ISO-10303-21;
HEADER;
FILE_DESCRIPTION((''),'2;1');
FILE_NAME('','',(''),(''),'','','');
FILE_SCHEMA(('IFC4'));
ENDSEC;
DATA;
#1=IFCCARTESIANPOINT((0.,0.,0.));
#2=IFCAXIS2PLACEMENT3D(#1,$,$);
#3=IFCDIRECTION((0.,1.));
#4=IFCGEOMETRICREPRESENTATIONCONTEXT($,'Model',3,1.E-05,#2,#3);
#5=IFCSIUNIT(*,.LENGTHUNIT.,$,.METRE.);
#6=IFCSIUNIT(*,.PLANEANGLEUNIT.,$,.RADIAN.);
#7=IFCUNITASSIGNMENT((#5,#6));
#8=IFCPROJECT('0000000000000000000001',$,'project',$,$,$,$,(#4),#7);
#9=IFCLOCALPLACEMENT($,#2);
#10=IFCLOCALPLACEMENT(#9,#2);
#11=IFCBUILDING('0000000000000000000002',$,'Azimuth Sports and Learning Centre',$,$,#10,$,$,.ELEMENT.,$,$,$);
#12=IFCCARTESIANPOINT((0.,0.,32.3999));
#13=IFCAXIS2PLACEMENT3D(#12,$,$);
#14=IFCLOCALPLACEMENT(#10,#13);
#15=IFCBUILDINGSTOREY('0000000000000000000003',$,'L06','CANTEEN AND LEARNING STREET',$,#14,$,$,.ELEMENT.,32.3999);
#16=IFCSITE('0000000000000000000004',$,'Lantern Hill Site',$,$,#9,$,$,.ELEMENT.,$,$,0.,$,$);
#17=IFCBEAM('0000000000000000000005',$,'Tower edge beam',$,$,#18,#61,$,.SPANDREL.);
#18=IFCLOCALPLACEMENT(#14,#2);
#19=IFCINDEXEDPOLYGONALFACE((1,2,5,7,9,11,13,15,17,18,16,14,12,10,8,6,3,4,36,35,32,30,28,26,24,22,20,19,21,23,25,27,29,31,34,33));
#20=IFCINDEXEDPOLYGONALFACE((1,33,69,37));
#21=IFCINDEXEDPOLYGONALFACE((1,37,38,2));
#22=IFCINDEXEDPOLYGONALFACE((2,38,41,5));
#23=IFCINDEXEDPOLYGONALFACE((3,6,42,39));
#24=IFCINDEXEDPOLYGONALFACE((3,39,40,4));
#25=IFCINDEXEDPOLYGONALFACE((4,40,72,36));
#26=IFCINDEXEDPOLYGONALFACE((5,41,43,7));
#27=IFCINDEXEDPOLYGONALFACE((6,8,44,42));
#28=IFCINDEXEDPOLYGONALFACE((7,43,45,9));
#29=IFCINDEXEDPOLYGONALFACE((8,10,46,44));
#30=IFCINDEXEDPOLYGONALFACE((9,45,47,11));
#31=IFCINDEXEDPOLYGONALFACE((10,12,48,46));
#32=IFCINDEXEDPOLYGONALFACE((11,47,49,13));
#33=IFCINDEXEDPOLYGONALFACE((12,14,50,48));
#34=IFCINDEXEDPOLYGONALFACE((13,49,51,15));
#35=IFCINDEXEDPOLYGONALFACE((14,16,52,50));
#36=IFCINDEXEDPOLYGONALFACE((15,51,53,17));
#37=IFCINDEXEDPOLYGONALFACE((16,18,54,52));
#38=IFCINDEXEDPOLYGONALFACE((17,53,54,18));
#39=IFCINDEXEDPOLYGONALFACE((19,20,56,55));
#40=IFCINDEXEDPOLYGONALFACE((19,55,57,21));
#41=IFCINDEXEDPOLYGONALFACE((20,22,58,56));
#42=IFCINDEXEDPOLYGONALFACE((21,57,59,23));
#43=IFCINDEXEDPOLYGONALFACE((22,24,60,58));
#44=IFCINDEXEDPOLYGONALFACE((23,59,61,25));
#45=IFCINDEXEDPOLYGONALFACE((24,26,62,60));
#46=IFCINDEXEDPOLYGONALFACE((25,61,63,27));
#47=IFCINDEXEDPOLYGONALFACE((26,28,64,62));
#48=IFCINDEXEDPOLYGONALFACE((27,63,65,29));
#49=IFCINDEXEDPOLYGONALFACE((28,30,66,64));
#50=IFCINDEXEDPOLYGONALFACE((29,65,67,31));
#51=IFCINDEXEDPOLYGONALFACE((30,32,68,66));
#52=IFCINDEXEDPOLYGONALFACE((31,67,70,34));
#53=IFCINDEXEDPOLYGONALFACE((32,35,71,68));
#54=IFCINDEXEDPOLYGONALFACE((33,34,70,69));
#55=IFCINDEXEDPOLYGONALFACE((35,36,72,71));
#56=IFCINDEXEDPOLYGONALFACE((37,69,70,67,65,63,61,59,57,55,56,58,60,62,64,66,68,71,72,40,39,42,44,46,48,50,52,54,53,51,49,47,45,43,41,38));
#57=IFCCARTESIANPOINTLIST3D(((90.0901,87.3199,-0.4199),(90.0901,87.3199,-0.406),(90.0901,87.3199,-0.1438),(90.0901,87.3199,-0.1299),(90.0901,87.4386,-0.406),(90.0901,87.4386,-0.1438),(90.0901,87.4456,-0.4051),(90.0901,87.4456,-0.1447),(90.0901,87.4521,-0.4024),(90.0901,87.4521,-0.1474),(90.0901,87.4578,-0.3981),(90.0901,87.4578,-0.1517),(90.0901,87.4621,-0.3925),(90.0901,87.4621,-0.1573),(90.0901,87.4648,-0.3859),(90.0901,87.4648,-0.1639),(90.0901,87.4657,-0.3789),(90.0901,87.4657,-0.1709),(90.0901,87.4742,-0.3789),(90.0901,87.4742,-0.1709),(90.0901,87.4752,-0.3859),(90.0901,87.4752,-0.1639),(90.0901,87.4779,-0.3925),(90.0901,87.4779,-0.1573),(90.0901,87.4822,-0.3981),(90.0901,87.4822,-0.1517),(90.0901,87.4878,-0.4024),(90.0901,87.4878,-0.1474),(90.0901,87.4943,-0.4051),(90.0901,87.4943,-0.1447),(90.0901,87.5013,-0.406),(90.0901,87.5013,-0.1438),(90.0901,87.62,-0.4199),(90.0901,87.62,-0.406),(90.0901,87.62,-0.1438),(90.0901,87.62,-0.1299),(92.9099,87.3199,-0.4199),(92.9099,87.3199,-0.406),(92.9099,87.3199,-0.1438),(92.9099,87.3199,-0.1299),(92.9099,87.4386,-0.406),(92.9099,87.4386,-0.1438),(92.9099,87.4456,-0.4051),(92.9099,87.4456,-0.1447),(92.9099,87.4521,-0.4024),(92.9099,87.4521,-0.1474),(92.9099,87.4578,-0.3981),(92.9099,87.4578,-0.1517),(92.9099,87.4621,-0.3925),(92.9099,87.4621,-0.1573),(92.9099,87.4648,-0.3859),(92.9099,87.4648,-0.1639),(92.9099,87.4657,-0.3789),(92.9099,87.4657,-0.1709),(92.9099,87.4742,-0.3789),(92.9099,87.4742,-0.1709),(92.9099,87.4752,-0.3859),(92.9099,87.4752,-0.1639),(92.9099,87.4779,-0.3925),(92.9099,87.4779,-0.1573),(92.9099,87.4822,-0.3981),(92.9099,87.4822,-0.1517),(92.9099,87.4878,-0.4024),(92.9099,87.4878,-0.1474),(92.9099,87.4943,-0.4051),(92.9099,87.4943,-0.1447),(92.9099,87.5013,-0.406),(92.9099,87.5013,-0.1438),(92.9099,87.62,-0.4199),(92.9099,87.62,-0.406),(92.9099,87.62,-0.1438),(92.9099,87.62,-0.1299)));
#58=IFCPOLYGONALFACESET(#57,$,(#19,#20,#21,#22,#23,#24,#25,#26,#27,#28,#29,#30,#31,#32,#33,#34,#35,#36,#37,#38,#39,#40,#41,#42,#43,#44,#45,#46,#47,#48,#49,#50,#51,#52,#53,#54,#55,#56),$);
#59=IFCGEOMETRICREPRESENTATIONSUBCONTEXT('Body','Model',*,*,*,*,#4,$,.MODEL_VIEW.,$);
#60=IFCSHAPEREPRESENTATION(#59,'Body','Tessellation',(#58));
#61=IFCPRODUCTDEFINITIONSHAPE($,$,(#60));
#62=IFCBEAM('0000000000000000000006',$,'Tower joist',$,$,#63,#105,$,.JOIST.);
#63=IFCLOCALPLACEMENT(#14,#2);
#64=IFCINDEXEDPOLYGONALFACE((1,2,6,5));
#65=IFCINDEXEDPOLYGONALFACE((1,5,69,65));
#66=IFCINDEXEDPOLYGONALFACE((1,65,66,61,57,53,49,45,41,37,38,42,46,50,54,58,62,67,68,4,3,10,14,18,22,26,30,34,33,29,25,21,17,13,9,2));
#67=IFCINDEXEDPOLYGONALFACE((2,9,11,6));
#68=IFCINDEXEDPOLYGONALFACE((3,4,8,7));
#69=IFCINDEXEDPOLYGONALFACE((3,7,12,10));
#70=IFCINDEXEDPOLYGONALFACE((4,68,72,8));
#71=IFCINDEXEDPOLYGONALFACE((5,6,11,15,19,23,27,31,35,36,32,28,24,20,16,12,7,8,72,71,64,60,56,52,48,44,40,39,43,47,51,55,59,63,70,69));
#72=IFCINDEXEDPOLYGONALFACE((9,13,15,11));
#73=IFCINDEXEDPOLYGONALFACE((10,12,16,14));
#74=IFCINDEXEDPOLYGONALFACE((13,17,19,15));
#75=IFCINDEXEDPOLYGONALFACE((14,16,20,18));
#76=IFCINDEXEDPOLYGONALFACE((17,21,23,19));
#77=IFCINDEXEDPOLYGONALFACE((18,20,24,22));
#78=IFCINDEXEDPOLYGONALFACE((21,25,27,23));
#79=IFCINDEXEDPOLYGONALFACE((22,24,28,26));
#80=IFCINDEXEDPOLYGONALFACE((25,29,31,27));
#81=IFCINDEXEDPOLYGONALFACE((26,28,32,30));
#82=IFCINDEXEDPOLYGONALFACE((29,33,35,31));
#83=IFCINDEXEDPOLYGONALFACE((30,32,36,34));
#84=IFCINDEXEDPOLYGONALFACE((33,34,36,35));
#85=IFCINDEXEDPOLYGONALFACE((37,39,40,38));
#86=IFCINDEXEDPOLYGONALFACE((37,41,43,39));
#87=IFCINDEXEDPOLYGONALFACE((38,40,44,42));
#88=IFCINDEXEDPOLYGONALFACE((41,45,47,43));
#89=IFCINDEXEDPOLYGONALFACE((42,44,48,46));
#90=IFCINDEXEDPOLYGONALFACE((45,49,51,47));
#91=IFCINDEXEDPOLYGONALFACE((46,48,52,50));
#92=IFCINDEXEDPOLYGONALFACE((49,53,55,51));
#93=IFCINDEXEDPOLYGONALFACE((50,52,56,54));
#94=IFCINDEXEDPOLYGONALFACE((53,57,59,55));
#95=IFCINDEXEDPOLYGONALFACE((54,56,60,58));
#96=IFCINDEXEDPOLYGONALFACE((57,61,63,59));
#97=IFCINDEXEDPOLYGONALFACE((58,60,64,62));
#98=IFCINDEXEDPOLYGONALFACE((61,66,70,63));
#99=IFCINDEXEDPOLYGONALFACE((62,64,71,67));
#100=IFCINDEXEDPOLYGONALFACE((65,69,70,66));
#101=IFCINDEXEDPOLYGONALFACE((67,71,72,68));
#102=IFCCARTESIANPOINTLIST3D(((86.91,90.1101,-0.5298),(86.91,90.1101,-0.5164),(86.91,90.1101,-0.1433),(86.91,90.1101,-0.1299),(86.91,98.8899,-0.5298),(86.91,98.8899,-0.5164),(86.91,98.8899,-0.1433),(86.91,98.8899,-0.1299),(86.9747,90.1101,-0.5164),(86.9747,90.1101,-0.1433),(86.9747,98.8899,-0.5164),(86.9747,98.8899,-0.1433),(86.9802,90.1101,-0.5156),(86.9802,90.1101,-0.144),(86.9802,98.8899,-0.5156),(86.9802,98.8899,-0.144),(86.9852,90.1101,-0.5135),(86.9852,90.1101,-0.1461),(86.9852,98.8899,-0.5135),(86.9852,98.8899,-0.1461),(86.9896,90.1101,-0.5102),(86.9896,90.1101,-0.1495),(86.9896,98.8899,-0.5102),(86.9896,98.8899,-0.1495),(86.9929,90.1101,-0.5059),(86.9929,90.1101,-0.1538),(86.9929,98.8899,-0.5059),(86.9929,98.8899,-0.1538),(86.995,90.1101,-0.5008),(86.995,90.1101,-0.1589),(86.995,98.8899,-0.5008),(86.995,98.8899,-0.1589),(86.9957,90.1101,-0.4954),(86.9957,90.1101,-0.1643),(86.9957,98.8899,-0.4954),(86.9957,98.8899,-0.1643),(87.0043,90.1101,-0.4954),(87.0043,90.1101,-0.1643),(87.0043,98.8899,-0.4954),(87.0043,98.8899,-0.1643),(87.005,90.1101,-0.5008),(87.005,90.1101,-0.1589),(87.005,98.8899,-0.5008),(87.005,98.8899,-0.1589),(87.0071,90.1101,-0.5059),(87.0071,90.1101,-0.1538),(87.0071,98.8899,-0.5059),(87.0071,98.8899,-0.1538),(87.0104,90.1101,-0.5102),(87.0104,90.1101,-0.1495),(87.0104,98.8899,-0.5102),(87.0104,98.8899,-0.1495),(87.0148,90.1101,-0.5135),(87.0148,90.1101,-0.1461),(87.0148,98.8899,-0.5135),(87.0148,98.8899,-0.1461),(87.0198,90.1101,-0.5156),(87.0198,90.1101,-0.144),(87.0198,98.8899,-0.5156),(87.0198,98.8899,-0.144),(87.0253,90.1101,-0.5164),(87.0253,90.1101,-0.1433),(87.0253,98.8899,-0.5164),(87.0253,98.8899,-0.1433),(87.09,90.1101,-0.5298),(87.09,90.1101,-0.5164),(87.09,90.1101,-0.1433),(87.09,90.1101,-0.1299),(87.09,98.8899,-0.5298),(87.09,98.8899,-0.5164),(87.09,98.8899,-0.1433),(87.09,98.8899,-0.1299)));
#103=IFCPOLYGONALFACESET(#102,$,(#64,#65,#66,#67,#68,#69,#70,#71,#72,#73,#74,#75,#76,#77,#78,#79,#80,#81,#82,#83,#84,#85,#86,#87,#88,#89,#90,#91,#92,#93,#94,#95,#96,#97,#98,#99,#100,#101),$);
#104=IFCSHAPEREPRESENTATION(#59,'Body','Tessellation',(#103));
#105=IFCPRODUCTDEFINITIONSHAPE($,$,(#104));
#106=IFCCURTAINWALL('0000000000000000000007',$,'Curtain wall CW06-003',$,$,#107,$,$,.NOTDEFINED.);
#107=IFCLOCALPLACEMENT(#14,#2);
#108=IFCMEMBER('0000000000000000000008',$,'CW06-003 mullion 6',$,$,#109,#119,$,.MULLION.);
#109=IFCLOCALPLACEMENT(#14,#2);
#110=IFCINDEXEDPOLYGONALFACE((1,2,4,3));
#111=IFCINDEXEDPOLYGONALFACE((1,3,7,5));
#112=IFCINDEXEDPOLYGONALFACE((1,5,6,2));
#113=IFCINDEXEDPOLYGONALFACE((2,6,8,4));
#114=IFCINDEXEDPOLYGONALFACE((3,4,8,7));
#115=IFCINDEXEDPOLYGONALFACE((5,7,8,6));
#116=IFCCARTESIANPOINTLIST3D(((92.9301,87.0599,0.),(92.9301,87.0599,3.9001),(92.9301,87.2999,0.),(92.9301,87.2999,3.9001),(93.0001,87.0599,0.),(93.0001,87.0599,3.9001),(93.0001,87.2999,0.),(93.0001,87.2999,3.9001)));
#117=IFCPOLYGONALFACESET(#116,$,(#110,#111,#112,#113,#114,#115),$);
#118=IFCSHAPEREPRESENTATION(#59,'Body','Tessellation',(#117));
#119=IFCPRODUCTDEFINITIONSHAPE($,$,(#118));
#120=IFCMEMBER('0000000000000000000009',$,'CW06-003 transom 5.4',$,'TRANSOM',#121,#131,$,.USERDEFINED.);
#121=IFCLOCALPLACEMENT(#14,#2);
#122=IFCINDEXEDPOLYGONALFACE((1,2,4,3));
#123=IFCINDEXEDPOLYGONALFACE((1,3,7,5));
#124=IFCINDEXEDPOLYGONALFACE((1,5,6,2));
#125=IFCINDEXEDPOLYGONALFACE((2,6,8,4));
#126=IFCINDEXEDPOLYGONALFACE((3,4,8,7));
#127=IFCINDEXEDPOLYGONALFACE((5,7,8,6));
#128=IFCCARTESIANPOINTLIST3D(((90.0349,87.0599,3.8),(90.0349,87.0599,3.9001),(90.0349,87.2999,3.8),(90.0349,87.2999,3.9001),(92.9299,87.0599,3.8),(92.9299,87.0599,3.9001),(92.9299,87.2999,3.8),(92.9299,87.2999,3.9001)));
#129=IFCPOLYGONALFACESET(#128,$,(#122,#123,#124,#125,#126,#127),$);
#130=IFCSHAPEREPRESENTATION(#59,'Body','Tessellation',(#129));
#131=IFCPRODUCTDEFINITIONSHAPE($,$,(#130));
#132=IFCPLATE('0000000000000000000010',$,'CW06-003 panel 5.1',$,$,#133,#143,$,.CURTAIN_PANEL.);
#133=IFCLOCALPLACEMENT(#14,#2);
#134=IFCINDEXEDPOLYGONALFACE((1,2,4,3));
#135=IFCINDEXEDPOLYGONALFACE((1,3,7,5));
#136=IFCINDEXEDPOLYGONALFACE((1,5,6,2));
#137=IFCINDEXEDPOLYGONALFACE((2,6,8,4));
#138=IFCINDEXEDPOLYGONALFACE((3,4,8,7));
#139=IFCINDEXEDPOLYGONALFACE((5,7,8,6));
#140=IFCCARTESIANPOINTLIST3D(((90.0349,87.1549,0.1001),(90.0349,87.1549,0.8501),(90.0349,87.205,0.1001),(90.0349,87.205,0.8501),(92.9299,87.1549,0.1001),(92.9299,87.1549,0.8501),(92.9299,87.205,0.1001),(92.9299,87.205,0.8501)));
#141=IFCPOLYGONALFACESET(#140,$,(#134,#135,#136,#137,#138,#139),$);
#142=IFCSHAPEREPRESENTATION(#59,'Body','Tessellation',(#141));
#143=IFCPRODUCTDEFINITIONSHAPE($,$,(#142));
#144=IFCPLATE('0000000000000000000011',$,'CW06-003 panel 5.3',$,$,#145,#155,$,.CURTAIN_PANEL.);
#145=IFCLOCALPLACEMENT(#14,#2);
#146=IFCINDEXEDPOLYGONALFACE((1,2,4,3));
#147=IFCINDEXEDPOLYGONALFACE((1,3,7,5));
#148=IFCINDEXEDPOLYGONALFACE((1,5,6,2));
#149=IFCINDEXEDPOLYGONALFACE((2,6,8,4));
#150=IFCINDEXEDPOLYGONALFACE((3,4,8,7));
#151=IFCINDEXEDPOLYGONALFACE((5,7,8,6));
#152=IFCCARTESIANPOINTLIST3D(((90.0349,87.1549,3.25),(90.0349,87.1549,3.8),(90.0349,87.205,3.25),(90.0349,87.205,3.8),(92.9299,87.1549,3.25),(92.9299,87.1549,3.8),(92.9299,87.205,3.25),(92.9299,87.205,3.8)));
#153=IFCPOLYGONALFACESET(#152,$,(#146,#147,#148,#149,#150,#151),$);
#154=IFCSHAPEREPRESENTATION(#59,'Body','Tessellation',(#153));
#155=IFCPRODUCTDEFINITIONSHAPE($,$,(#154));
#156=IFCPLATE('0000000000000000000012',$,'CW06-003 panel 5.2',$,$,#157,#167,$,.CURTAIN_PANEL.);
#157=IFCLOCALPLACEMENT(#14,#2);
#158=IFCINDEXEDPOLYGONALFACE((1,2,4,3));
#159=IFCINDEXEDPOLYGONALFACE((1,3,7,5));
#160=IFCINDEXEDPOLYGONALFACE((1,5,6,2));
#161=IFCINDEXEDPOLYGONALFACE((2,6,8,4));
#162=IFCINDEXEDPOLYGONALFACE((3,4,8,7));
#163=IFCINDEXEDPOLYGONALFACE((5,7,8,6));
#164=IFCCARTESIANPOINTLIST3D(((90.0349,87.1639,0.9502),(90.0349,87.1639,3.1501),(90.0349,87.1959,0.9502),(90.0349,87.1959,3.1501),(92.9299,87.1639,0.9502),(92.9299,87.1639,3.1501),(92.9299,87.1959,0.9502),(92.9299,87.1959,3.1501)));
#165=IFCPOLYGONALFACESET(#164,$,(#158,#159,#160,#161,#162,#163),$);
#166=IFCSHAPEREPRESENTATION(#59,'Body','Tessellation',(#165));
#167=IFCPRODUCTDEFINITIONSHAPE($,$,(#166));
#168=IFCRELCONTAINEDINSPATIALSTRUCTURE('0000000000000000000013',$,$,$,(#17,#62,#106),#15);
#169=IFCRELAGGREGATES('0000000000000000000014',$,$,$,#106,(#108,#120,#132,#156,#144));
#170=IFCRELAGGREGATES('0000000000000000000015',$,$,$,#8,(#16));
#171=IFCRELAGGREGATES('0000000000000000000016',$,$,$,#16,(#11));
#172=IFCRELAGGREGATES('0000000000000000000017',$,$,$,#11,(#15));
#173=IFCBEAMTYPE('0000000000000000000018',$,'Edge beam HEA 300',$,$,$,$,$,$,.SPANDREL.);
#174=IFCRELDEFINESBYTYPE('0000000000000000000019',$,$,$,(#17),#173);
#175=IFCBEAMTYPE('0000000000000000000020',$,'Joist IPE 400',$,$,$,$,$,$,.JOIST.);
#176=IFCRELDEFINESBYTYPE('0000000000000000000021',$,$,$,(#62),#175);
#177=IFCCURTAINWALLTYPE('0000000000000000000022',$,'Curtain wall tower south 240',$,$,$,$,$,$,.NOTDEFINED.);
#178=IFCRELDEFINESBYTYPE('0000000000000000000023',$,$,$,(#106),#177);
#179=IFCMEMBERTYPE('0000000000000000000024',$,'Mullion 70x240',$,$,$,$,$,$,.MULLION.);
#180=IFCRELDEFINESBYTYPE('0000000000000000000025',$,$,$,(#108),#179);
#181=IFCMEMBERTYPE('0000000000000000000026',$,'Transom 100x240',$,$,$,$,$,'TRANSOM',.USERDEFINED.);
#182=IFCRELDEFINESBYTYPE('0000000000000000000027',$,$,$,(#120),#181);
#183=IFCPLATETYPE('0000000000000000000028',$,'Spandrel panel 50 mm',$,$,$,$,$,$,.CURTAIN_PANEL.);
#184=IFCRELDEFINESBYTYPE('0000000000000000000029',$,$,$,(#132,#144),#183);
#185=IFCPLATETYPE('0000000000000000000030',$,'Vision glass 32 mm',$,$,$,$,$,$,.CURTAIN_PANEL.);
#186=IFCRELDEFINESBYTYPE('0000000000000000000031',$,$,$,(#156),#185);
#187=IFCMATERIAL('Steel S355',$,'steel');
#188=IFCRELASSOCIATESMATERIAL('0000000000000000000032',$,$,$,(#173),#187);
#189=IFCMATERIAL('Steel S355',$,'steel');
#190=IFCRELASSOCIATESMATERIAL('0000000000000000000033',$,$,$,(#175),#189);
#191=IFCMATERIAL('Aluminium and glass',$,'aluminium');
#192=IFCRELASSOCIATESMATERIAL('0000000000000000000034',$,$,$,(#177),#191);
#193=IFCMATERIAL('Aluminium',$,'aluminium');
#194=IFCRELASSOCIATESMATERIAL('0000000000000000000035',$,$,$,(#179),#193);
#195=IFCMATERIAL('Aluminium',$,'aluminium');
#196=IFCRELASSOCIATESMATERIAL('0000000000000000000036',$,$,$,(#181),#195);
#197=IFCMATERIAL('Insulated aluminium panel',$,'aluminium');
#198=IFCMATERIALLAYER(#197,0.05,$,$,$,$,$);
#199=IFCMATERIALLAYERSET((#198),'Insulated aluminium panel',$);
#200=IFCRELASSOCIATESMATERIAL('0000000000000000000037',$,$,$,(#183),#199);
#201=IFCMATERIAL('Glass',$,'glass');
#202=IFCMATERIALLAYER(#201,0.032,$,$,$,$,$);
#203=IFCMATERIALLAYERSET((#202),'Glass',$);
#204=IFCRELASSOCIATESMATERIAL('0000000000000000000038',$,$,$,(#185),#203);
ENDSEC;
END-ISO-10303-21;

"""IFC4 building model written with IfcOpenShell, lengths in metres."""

from ifc_helpers import new_model, si_unit, direction, frame, origin, origin_2d, place, context, subcontext, project, spatial, rectangle, i_section, extrude, material, layer, layer_set, material_profile, profile_set, type_object, element, aggregate, save


model = new_model("IFC4")

# Units and contexts
model_context = context("Model", 3, precision=1e-05, world=origin(), true_north=direction((0.0, 1.0)))
body_context = subcontext(model_context, "Body", "Model", "MODEL_VIEW")
ifc_project = project(units=[si_unit("LENGTHUNIT", "METRE"), si_unit("PLANEANGLEUNIT", "RADIAN")], contexts=[model_context])

# Site, building, storey
site_placement = place(None, origin())
site = spatial("IfcSite", under=ifc_project, at=site_placement, Name="Lantern Hill Site", CompositionType="ELEMENT", RefElevation=0.0)
building_placement = place(site_placement, origin())
building = spatial("IfcBuilding", under=site, at=building_placement, Name="Azimuth Sports and Learning Centre", CompositionType="ELEMENT")
storey_placement = place(building_placement, frame((0.0, 0.0, 32.3999)))
storey = spatial("IfcBuildingStorey", under=building, at=storey_placement, Name="L06", Description="CANTEEN AND LEARNING STREET", CompositionType="ELEMENT", Elevation=32.3999)

# Beams
ifc_material_1 = material(Name="Steel S355", Category="steel")
ifc_material_profile_1 = material_profile(ifc_material_1, i_section(OverallWidth=0.3, OverallDepth=0.29, WebThickness=0.0085, FlangeThickness=0.0139, FilletRadius=0.0271, at=origin_2d()), Name="HEA 300")
ifc_profile_set_1 = profile_set([ifc_material_profile_1], Name="Steel S355")
beam_type_1 = type_object("IfcBeamType", Name="Edge beam HEA 300", PredefinedType="SPANDREL", material=ifc_profile_set_1)
for number, where, z_axis, x_axis, name in (
    (1, (90.0901, 87.47, -0.2749), (1.0, 0.0, 0.0), (0.0, 1.0, 0.0), "Tower edge beam"),
):
    element("IfcBeam", number, at=place(storey_placement, frame(where, z_axis=z_axis, x_axis=x_axis)), inside=storey, type_object=beam_type_1, Name=name, PredefinedType="SPANDREL", context=body_context, shape_type="SweptSolid", body=[
        extrude(i_section(OverallWidth=0.3, OverallDepth=0.29, WebThickness=0.0085, FlangeThickness=0.0139, FilletRadius=0.0271, at=origin_2d()), origin(), (0.0, 0.0, 1.0), 2.8198),
    ])
ifc_material_2 = material(Name="Steel S355", Category="steel")
ifc_material_profile_2 = material_profile(ifc_material_2, i_section(OverallWidth=0.1799, OverallDepth=0.3999, WebThickness=0.0085, FlangeThickness=0.0134, FilletRadius=0.021, at=origin_2d()), Name="IPE 400")
ifc_profile_set_2 = profile_set([ifc_material_profile_2], Name="Steel S355")
beam_type_2 = type_object("IfcBeamType", Name="Joist IPE 400", PredefinedType="JOIST", material=ifc_profile_set_2)
beam_1_placement = place(storey_placement, frame((87.0, 90.1101, -0.3298), z_axis=(0.0, 1.0, 0.0), x_axis=(-1.0, 0.0, 0.0)))
element("IfcBeam", 2, at=beam_1_placement, inside=storey, type_object=beam_type_2, Name="Tower joist", PredefinedType="JOIST", context=body_context, shape_type="SweptSolid", body=[
    extrude(i_section(OverallWidth=0.1799, OverallDepth=0.3999, WebThickness=0.0085, FlangeThickness=0.0134, FilletRadius=0.021, at=origin_2d()), origin(), (0.0, 0.0, 1.0), 8.7798),
])

# Curtain wall, members, plates
ifc_material_3 = material(Name="Aluminium and glass", Category="aluminium")
curtain_wall_type = type_object("IfcCurtainWallType", Name="Curtain wall tower south 240", PredefinedType="NOTDEFINED", material=ifc_material_3)
curtain_wall_placement = place(storey_placement, origin())
curtain_wall = element("IfcCurtainWall", 3, at=curtain_wall_placement, inside=storey, type_object=curtain_wall_type, Name="Curtain wall CW06-003", PredefinedType="NOTDEFINED")
ifc_material_4 = material(Name="Aluminium", Category="aluminium")
ifc_material_profile_3 = material_profile(ifc_material_4, rectangle(XDim=0.24, YDim=0.0701, at=origin_2d()), Name="Mullion 70x240")
ifc_profile_set_3 = profile_set([ifc_material_profile_3], Name="Aluminium")
member_type_1 = type_object("IfcMemberType", Name="Mullion 70x240", PredefinedType="MULLION", material=ifc_profile_set_3)
member_1_placement = place(storey_placement, frame((92.9651, 87.1799, 0.0), z_axis=(0.0, 0.0, 1.0), x_axis=(0.0, 1.0, 0.0)))
member_1 = element("IfcMember", 4, at=member_1_placement, type_object=member_type_1, Name="CW06-003 mullion 6", PredefinedType="MULLION", context=body_context, shape_type="SweptSolid", body=[
    extrude(rectangle(XDim=0.24, YDim=0.0701, at=origin_2d()), origin(), (0.0, 0.0, 1.0), 3.9001),
])
ifc_material_5 = material(Name="Aluminium", Category="aluminium")
ifc_material_profile_4 = material_profile(ifc_material_5, rectangle(XDim=0.24, YDim=0.1001, at=origin_2d()), Name="Transom 100x240")
ifc_profile_set_4 = profile_set([ifc_material_profile_4], Name="Aluminium")
member_type_2 = type_object("IfcMemberType", Name="Transom 100x240", ElementType="TRANSOM", PredefinedType="USERDEFINED", material=ifc_profile_set_4)
member_2_placement = place(storey_placement, frame((90.0349, 87.1799, 3.8501), z_axis=(1.0, 0.0, 0.0), x_axis=(0.0, 1.0, 0.0)))
member_2 = element("IfcMember", 5, at=member_2_placement, type_object=member_type_2, Name="CW06-003 transom 5.4", ObjectType="TRANSOM", PredefinedType="USERDEFINED", context=body_context, shape_type="SweptSolid", body=[
    extrude(rectangle(XDim=0.24, YDim=0.1001, at=origin_2d()), origin(), (0.0, 0.0, 1.0), 2.895),
])
ifc_material_6 = material(Name="Insulated aluminium panel", Category="aluminium")
ifc_layer_1 = layer(ifc_material_6, 0.05)
ifc_layer_set_1 = layer_set([ifc_layer_1], Name="Insulated aluminium panel")
plate_type_1 = type_object("IfcPlateType", Name="Spandrel panel 50 mm", PredefinedType="CURTAIN_PANEL", material=ifc_layer_set_1)
plate_1_placement = place(storey_placement, frame((91.4824, 87.1799, 0.1001), z_axis=(0.0, 0.0, 1.0), x_axis=(1.0, 0.0, 0.0)))
plate_1 = element("IfcPlate", 6, at=plate_1_placement, type_object=plate_type_1, Name="CW06-003 panel 5.1", PredefinedType="CURTAIN_PANEL", context=body_context, shape_type="SweptSolid", body=[
    extrude(rectangle(XDim=2.895, YDim=0.05, at=origin_2d()), origin(), (0.0, 0.0, 1.0), 0.75),
])
plate_2_placement = place(storey_placement, frame((91.4824, 87.1799, 3.25), z_axis=(0.0, 0.0, 1.0), x_axis=(1.0, 0.0, 0.0)))
plate_2 = element("IfcPlate", 7, at=plate_2_placement, type_object=plate_type_1, Name="CW06-003 panel 5.3", PredefinedType="CURTAIN_PANEL", context=body_context, shape_type="SweptSolid", body=[
    extrude(rectangle(XDim=2.895, YDim=0.05, at=origin_2d()), origin(), (0.0, 0.0, 1.0), 0.55),
])
ifc_material_7 = material(Name="Glass", Category="glass")
ifc_layer_2 = layer(ifc_material_7, 0.032)
ifc_layer_set_2 = layer_set([ifc_layer_2], Name="Glass")
plate_type_2 = type_object("IfcPlateType", Name="Vision glass 32 mm", PredefinedType="CURTAIN_PANEL", material=ifc_layer_set_2)
plate_3_placement = place(storey_placement, frame((91.4824, 87.1799, 0.9502), z_axis=(0.0, 0.0, 1.0), x_axis=(1.0, 0.0, 0.0)))
plate_3 = element("IfcPlate", 8, at=plate_3_placement, type_object=plate_type_2, Name="CW06-003 panel 5.2", PredefinedType="CURTAIN_PANEL", context=body_context, shape_type="SweptSolid", body=[
    extrude(rectangle(XDim=2.895, YDim=0.032, at=origin_2d()), origin(), (0.0, 0.0, 1.0), 2.2),
])
aggregate(curtain_wall, [member_1, member_2, plate_1, plate_3, plate_2])

save(model, "model.ifc")
